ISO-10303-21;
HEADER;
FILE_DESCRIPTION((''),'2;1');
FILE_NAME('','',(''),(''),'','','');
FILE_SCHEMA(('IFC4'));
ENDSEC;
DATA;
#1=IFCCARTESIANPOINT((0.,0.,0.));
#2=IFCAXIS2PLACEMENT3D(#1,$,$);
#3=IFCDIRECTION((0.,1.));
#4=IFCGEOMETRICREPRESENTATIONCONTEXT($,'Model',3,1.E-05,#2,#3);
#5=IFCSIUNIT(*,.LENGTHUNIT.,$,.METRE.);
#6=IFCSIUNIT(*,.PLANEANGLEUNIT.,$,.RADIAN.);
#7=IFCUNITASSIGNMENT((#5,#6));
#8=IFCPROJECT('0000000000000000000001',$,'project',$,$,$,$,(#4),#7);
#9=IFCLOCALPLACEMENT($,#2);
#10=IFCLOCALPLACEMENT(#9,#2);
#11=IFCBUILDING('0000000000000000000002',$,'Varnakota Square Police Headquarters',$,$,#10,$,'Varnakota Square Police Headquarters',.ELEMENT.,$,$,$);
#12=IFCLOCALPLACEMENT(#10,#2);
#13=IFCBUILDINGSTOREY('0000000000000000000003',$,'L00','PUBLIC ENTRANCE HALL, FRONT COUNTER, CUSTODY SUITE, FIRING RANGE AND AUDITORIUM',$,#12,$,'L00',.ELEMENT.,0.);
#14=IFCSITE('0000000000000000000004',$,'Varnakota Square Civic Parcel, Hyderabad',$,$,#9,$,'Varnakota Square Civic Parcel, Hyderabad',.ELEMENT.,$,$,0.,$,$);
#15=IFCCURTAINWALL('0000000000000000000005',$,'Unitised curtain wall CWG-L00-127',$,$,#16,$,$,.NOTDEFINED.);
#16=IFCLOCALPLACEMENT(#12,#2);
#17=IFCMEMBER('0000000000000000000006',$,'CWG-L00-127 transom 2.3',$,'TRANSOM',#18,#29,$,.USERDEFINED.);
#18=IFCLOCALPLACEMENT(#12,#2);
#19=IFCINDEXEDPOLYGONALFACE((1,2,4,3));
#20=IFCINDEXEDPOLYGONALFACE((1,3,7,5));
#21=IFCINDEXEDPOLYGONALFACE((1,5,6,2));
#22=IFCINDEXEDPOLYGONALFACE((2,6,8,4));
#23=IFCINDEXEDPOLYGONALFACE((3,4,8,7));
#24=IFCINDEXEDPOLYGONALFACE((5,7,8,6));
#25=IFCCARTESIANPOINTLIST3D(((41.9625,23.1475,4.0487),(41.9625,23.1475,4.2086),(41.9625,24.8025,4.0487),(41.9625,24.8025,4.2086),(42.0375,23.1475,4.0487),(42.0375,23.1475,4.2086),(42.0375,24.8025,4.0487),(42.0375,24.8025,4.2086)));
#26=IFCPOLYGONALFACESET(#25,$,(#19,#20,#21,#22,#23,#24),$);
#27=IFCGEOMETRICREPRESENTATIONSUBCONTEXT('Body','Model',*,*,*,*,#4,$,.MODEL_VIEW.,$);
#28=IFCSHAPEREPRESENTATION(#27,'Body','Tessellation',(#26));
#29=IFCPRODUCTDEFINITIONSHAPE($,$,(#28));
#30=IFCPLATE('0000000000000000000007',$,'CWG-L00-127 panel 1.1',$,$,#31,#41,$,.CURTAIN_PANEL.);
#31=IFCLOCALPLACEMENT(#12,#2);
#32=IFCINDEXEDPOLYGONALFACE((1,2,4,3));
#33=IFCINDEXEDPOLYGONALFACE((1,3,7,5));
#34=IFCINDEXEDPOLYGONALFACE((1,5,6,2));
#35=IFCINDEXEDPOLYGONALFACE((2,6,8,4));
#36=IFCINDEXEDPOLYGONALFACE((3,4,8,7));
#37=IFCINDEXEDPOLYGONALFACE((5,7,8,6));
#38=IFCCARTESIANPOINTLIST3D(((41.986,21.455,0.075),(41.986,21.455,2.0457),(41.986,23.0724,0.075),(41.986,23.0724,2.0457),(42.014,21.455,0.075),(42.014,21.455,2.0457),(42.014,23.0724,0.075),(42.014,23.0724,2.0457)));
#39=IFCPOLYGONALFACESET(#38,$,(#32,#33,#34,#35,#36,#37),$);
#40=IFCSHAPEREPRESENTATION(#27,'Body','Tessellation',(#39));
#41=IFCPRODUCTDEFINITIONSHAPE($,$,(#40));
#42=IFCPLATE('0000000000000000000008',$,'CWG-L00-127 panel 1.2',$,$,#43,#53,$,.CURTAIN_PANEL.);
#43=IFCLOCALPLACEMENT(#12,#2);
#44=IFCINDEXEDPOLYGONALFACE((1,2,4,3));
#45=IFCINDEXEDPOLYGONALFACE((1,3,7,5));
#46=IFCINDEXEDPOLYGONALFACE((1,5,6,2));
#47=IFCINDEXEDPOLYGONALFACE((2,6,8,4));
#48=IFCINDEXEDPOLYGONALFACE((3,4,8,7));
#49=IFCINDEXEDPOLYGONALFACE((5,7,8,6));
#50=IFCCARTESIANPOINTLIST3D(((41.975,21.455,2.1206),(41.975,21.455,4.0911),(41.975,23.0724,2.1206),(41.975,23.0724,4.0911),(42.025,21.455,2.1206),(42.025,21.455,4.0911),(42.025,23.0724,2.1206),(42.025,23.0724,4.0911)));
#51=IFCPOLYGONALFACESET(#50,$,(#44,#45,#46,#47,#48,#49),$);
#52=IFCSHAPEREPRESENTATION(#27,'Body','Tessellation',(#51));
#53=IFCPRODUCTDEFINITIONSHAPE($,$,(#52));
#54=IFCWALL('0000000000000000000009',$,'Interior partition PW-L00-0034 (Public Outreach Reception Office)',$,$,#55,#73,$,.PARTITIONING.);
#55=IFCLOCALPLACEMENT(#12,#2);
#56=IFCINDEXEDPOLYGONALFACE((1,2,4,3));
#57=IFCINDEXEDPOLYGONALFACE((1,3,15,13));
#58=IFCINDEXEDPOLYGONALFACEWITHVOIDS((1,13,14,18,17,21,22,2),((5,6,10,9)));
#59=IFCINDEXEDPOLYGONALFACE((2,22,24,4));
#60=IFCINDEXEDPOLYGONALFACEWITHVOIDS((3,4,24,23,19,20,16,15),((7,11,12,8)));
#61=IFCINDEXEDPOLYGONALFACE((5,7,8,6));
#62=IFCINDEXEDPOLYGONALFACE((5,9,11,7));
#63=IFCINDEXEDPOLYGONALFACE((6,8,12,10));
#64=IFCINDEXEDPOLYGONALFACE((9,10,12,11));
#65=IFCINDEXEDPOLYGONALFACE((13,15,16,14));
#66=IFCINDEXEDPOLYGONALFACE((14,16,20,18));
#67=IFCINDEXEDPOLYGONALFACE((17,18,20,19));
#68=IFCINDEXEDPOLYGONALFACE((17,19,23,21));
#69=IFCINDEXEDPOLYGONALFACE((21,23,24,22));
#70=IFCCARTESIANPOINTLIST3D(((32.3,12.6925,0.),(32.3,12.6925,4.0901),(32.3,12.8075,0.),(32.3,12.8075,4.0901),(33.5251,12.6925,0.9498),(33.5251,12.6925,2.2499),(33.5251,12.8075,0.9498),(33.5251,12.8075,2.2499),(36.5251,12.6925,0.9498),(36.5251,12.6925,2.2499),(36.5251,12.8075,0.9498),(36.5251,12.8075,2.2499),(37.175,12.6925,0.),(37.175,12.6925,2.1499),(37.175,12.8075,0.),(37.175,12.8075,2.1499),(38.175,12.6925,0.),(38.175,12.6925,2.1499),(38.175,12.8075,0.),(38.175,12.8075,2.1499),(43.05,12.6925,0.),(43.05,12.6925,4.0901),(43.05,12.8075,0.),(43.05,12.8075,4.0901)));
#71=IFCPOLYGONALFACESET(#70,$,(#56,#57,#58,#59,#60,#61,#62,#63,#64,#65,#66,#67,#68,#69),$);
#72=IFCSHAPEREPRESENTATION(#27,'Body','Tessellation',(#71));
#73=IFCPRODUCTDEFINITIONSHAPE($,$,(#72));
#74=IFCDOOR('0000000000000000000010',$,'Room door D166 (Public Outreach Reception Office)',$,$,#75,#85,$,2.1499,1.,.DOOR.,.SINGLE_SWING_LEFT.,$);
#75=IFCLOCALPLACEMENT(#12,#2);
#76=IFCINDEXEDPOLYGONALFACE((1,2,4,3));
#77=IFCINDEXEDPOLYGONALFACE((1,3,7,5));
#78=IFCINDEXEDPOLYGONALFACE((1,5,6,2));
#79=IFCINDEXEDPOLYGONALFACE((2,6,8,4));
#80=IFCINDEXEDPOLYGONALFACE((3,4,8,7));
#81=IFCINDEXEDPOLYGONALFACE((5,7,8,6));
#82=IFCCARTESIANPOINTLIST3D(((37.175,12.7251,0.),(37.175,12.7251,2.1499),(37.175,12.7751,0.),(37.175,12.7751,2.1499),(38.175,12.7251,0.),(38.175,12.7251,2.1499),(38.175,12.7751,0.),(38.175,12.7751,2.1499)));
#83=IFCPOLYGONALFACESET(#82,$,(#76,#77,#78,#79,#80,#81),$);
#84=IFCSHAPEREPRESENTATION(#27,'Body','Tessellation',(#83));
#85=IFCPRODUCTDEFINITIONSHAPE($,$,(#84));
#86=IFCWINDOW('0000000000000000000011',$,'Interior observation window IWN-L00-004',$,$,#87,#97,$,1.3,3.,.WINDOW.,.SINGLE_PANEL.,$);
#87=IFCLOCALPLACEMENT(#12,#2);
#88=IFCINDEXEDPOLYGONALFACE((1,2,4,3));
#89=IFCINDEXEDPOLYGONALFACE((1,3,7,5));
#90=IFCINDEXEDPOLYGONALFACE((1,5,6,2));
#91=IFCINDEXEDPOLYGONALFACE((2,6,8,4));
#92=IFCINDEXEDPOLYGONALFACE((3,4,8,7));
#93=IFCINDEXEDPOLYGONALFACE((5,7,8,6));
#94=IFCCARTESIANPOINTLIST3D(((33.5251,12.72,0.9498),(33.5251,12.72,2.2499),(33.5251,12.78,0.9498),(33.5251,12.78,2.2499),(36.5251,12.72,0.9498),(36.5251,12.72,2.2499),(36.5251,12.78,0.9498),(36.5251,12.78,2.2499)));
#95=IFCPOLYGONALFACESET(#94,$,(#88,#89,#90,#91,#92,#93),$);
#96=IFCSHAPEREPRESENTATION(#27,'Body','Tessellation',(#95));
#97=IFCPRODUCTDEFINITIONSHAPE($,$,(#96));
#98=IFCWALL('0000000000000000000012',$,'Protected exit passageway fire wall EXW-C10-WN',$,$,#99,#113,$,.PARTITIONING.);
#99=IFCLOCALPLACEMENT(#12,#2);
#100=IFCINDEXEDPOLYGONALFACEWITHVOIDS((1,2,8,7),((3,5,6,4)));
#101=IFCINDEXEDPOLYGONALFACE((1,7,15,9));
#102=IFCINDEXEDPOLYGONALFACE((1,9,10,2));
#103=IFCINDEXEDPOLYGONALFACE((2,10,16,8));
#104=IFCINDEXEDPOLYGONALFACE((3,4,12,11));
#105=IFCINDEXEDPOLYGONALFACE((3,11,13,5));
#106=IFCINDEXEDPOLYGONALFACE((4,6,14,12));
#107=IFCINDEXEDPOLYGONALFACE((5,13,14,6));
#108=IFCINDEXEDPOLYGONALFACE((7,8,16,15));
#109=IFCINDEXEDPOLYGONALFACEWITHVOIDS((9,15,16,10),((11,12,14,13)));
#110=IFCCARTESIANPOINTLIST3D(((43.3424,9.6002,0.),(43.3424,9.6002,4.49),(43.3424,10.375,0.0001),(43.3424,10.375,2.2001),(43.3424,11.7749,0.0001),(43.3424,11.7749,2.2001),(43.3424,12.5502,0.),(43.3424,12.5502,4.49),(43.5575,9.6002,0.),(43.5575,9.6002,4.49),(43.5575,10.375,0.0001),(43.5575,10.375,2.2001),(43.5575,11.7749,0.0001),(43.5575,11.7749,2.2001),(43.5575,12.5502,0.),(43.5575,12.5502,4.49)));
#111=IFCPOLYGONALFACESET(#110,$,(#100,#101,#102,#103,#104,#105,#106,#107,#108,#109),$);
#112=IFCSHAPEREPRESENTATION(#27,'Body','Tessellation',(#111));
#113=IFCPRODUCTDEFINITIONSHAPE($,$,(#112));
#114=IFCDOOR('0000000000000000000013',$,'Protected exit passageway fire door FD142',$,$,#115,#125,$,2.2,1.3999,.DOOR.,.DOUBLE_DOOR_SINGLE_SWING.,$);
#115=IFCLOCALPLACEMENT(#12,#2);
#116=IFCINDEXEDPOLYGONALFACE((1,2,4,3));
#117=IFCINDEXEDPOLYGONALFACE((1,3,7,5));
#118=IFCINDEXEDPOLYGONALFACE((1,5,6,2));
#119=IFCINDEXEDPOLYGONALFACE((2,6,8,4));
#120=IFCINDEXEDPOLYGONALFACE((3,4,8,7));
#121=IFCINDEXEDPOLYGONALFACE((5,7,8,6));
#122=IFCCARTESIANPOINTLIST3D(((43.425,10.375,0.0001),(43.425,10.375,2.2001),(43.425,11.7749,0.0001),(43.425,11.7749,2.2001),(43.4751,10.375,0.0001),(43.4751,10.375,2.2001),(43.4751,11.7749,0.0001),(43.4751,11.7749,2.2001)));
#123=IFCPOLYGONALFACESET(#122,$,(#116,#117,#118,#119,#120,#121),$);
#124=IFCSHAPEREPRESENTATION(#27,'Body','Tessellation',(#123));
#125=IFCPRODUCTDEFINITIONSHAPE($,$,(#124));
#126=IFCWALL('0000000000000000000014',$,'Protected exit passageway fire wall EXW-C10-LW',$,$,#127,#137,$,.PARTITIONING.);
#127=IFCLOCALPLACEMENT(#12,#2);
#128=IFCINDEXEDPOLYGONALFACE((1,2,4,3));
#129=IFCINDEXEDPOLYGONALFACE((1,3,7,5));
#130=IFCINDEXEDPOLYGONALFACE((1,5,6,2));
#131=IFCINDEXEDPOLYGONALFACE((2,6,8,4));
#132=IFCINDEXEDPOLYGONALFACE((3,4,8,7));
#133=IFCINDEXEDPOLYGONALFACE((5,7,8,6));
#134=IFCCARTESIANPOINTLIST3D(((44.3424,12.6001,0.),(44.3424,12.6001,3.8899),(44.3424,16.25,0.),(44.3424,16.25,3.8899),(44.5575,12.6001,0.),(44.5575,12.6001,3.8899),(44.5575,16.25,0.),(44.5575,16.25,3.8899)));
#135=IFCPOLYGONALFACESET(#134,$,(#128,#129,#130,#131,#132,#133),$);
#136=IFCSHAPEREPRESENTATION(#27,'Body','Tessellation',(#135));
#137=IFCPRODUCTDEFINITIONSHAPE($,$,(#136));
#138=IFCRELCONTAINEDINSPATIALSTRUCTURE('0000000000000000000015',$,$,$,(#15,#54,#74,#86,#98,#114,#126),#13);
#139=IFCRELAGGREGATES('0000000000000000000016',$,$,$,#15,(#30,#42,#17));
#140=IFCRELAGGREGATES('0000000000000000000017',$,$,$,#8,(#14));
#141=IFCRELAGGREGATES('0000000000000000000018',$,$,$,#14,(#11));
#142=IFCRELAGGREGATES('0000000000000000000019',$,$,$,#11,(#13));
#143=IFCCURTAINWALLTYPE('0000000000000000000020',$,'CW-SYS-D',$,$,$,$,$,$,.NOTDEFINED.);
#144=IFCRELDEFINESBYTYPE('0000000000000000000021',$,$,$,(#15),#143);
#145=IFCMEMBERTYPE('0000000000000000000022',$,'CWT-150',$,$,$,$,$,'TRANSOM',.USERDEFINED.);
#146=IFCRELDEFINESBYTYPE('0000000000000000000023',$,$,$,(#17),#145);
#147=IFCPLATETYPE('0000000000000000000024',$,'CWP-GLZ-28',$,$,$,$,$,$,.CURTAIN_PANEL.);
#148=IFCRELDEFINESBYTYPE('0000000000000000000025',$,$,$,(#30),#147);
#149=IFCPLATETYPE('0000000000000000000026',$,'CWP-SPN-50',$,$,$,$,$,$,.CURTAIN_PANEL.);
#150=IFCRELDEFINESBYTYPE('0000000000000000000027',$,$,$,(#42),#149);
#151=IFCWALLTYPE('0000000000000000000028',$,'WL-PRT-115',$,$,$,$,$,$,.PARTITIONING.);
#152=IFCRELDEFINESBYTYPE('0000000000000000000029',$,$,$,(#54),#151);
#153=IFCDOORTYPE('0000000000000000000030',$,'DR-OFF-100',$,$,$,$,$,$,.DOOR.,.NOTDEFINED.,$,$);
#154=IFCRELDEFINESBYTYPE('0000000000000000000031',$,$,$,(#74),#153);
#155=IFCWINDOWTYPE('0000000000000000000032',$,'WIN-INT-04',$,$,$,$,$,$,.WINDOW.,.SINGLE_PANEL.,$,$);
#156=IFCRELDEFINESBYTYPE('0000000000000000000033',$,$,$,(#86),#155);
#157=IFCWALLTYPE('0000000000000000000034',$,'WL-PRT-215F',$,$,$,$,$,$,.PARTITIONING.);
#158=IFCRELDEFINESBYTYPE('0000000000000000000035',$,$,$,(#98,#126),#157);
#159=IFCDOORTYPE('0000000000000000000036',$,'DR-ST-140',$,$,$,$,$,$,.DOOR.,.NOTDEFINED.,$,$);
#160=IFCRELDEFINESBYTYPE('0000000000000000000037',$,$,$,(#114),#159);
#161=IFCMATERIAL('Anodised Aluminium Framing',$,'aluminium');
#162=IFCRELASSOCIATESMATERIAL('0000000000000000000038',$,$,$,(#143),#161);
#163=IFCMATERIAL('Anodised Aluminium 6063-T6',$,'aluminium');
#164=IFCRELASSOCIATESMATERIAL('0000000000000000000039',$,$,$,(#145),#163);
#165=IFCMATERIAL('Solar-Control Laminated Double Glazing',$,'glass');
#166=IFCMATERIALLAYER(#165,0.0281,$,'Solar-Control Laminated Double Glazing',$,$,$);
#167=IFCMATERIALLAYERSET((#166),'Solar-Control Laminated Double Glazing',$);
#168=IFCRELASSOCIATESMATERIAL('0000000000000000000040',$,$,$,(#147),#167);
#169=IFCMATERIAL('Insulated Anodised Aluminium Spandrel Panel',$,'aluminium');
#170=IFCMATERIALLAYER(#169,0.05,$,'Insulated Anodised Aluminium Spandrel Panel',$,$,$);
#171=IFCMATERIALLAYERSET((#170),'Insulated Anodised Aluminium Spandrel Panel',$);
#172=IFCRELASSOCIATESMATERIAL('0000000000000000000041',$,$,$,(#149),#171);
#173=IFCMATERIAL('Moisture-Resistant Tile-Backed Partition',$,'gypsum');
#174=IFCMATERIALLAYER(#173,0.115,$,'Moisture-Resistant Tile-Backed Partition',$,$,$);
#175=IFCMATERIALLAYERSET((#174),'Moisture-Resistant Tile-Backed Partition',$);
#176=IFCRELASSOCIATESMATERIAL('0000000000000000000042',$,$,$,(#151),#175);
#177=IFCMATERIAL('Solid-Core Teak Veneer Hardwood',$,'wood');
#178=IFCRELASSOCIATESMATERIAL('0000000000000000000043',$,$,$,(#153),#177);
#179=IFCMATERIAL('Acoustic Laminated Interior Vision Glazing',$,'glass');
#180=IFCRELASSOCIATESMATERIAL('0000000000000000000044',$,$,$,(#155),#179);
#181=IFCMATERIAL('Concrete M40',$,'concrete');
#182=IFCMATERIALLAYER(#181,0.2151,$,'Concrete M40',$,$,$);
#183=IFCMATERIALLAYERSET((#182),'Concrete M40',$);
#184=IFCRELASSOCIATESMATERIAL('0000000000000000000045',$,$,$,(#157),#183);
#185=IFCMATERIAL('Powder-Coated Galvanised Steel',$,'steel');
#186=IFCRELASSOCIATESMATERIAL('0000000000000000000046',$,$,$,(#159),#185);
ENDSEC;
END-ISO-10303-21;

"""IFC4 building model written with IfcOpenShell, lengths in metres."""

from ifc_helpers import new_model, si_unit, direction, frame, frame_2d, origin, origin_2d, place, context, subcontext, project, spatial, rectangle, extrude, material, layer, layer_set, material_profile, profile_set, type_object, element, fill, aggregate, save


model = new_model("IFC4")

# Units and contexts
model_context = context("Model", 3, precision=1e-05, world=origin(), true_north=direction((0.0, 1.0)))
body_context = subcontext(model_context, "Body", "Model", "MODEL_VIEW")
ifc_project = project(units=[si_unit("LENGTHUNIT", "METRE"), si_unit("PLANEANGLEUNIT", "RADIAN")], contexts=[model_context])

# Site, building, storey
site_placement = place(None, origin())
site = spatial("IfcSite", under=ifc_project, at=site_placement, Name="Varnakota Square Civic Parcel, Hyderabad", LongName="Varnakota Square Civic Parcel, Hyderabad", CompositionType="ELEMENT", RefElevation=0.0)
building_placement = place(site_placement, origin())
building = spatial("IfcBuilding", under=site, at=building_placement, Name="Varnakota Square Police Headquarters", LongName="Varnakota Square Police Headquarters", CompositionType="ELEMENT")
storey_placement = place(building_placement, origin())
storey = spatial("IfcBuildingStorey", under=building, at=storey_placement, Name="L00", Description="PUBLIC ENTRANCE HALL, FRONT COUNTER, CUSTODY SUITE, FIRING RANGE AND AUDITORIUM", LongName="L00", CompositionType="ELEMENT", Elevation=0.0)

# Shared definitions
ifc_material_1 = material(Name="Concrete M40", Category="concrete")

# Curtain wall, member, plates
ifc_material_2 = material(Name="Anodised Aluminium Framing", Category="aluminium")
curtain_wall_type = type_object("IfcCurtainWallType", Name="CW-SYS-D", PredefinedType="NOTDEFINED", material=ifc_material_2)
curtain_wall_placement = place(storey_placement, origin())
curtain_wall = element("IfcCurtainWall", 1, at=curtain_wall_placement, inside=storey, type_object=curtain_wall_type, Name="Unitised curtain wall CWG-L00-127", PredefinedType="NOTDEFINED")
ifc_material_3 = material(Name="Anodised Aluminium 6063-T6", Category="aluminium")
ifc_material_profile_1 = material_profile(ifc_material_3, rectangle(XDim=0.075, YDim=0.1599, at=origin_2d()), Name="ALU TRANSOM 75x160")
ifc_profile_set_1 = profile_set([ifc_material_profile_1], Name="Anodised Aluminium 6063-T6")
member_type_1 = type_object("IfcMemberType", Name="CWT-150", ElementType="TRANSOM", PredefinedType="USERDEFINED", material=ifc_profile_set_1)
member_1_placement = place(storey_placement, frame((42.0, 23.1475, 4.1287), z_axis=(0.0, 1.0, 0.0), x_axis=(-1.0, 0.0, 0.0)))
member_1 = element("IfcMember", 2, at=member_1_placement, type_object=member_type_1, Name="CWG-L00-127 transom 2.3", ObjectType="TRANSOM", PredefinedType="USERDEFINED", context=body_context, shape_type="SweptSolid", body=[
    extrude(rectangle(XDim=0.075, YDim=0.1599, at=origin_2d()), origin(), (0.0, 0.0, 1.0), 1.655),
])
ifc_material_4 = material(Name="Solar-Control Laminated Double Glazing", Category="glass")
ifc_layer_1 = layer(ifc_material_4, 0.0281, Name="Solar-Control Laminated Double Glazing")
ifc_layer_set_1 = layer_set([ifc_layer_1], Name="Solar-Control Laminated Double Glazing")
plate_type_1 = type_object("IfcPlateType", Name="CWP-GLZ-28", PredefinedType="CURTAIN_PANEL", material=ifc_layer_set_1)
plate_1_placement = place(storey_placement, frame((42.0, 22.2637, 0.075), z_axis=(0.0, 0.0, 1.0), x_axis=(0.0, 1.0, 0.0)))
plate_1 = element("IfcPlate", 3, at=plate_1_placement, type_object=plate_type_1, Name="CWG-L00-127 panel 1.1", PredefinedType="CURTAIN_PANEL", context=body_context, shape_type="SweptSolid", body=[
    extrude(rectangle(XDim=1.6174, YDim=0.0281, at=origin_2d()), origin(), (0.0, 0.0, 1.0), 1.9707),
])
ifc_material_5 = material(Name="Insulated Anodised Aluminium Spandrel Panel", Category="aluminium")
ifc_layer_2 = layer(ifc_material_5, 0.05, Name="Insulated Anodised Aluminium Spandrel Panel")
ifc_layer_set_2 = layer_set([ifc_layer_2], Name="Insulated Anodised Aluminium Spandrel Panel")
plate_type_2 = type_object("IfcPlateType", Name="CWP-SPN-50", PredefinedType="CURTAIN_PANEL", material=ifc_layer_set_2)
plate_2_placement = place(storey_placement, frame((42.0, 22.2637, 2.1206), z_axis=(0.0, 0.0, 1.0), x_axis=(0.0, 1.0, 0.0)))
plate_2 = element("IfcPlate", 4, at=plate_2_placement, type_object=plate_type_2, Name="CWG-L00-127 panel 1.2", PredefinedType="CURTAIN_PANEL", context=body_context, shape_type="SweptSolid", body=[
    extrude(rectangle(XDim=1.6174, YDim=0.05, at=origin_2d()), origin(), (0.0, 0.0, 1.0), 1.9705),
])
aggregate(curtain_wall, [plate_1, plate_2, member_1])

# Wall, openings, door, window
ifc_material_6 = material(Name="Moisture-Resistant Tile-Backed Partition", Category="gypsum")
ifc_layer_3 = layer(ifc_material_6, 0.115, Name="Moisture-Resistant Tile-Backed Partition")
ifc_layer_set_3 = layer_set([ifc_layer_3], Name="Moisture-Resistant Tile-Backed Partition")
wall_type_1 = type_object("IfcWallType", Name="WL-PRT-115", PredefinedType="PARTITIONING", material=ifc_layer_set_3)
wall_1_placement = place(storey_placement, frame((43.05, 12.75, 0.0), z_axis=(0.0, 0.0, 1.0), x_axis=(-1.0, 0.0, 0.0)))
wall_1 = element("IfcWall", 5, at=wall_1_placement, inside=storey, type_object=wall_type_1, Name="Interior partition PW-L00-0034 (Public Outreach Reception Office)", PredefinedType="PARTITIONING", context=body_context, shape_type="SweptSolid", body=[
    extrude(rectangle(XDim=10.75, YDim=0.115, at=frame_2d((5.375, 0.0))), origin(), (0.0, 0.0, 1.0), 4.0901),
])
opening_1_placement = place(wall_1_placement, frame((4.875, 0.0, 0.0)))
opening_1 = element("IfcOpeningElement", 6, at=opening_1_placement, cuts=wall_1, PredefinedType="OPENING", context=body_context, shape_type="SweptSolid", body=[
    extrude(rectangle(XDim=1.0, YDim=2.1499, at=frame_2d((0.5, 1.075))), frame((0.0, 0.0674, 0.0), z_axis=(0.0, -1.0, 0.0), x_axis=(1.0, 0.0, 0.0)), (0.0, 0.0, 1.0), 0.135),
])
opening_2_placement = place(wall_1_placement, frame((6.5249, 0.0, 0.95)))
opening_2 = element("IfcOpeningElement", 7, at=opening_2_placement, cuts=wall_1, PredefinedType="OPENING", context=body_context, shape_type="SweptSolid", body=[
    extrude(rectangle(XDim=3.0, YDim=1.3, at=frame_2d((1.5, 0.6499))), frame((0.0, 0.0674, 0.0), z_axis=(0.0, -1.0, 0.0), x_axis=(1.0, 0.0, 0.0)), (0.0, 0.0, 1.0), 0.135),
])
ifc_material_7 = material(Name="Solid-Core Teak Veneer Hardwood", Category="wood")
door_type_1 = type_object("IfcDoorType", Name="DR-OFF-100", OperationType="NOTDEFINED", PredefinedType="DOOR", material=ifc_material_7)
door_1_placement = place(opening_1_placement, origin())
door_1 = element("IfcDoor", 8, at=door_1_placement, inside=storey, type_object=door_type_1, Name="Room door D166 (Public Outreach Reception Office)", OperationType="SINGLE_SWING_LEFT", OverallHeight=2.1499, OverallWidth=1.0, PredefinedType="DOOR", context=body_context, shape_type="SweptSolid", body=[
    extrude(rectangle(XDim=1.0, YDim=2.1499, at=frame_2d((0.5, 1.075))), frame((0.0, 0.0249, 0.0), z_axis=(0.0, -1.0, 0.0), x_axis=(1.0, 0.0, 0.0)), (0.0, 0.0, 1.0), 0.05),
])
fill(opening_1, door_1)
ifc_material_8 = material(Name="Acoustic Laminated Interior Vision Glazing", Category="glass")
window_type = type_object("IfcWindowType", Name="WIN-INT-04", PartitioningType="SINGLE_PANEL", PredefinedType="WINDOW", material=ifc_material_8)
window_placement = place(opening_2_placement, origin())
window = element("IfcWindow", 9, at=window_placement, inside=storey, type_object=window_type, Name="Interior observation window IWN-L00-004", OverallHeight=1.3, OverallWidth=3.0, PartitioningType="SINGLE_PANEL", PredefinedType="WINDOW", context=body_context, shape_type="SweptSolid", body=[
    extrude(rectangle(XDim=3.0, YDim=1.3, at=frame_2d((1.5, 0.6499))), frame((0.0, 0.03, 0.0), z_axis=(0.0, -1.0, 0.0), x_axis=(1.0, 0.0, 0.0)), (0.0, 0.0, 1.0), 0.0601),
])
fill(opening_2, window)

# Wall, opening, door
ifc_layer_4 = layer(ifc_material_1, 0.2151, Name="Concrete M40")
ifc_layer_set_4 = layer_set([ifc_layer_4], Name="Concrete M40")
wall_type_2 = type_object("IfcWallType", Name="WL-PRT-215F", PredefinedType="PARTITIONING", material=ifc_layer_set_4)
wall_2_placement = place(storey_placement, frame((43.45, 9.6001, 0.0), z_axis=(0.0, 0.0, 1.0), x_axis=(0.0, 1.0, 0.0)))
wall_2 = element("IfcWall", 10, at=wall_2_placement, inside=storey, type_object=wall_type_2, Name="Protected exit passageway fire wall EXW-C10-WN", PredefinedType="PARTITIONING", context=body_context, shape_type="SweptSolid", body=[
    extrude(rectangle(XDim=2.95, YDim=0.2151, at=frame_2d((1.4751, 0.0))), origin(), (0.0, 0.0, 1.0), 4.49),
])
opening_3_placement = place(wall_2_placement, frame((0.7749, 0.0, 0.0)))
opening_3 = element("IfcOpeningElement", 11, at=opening_3_placement, cuts=wall_2, PredefinedType="OPENING", context=body_context, shape_type="SweptSolid", body=[
    extrude(rectangle(XDim=1.3999, YDim=2.2, at=frame_2d((0.7, 1.1001))), frame((0.0, 0.1174, 0.0), z_axis=(0.0, -1.0, 0.0), x_axis=(1.0, 0.0, 0.0)), (0.0, 0.0, 1.0), 0.2351),
])
ifc_material_9 = material(Name="Powder-Coated Galvanised Steel", Category="steel")
door_type_2 = type_object("IfcDoorType", Name="DR-ST-140", OperationType="NOTDEFINED", PredefinedType="DOOR", material=ifc_material_9)
door_2_placement = place(opening_3_placement, origin())
door_2 = element("IfcDoor", 12, at=door_2_placement, inside=storey, type_object=door_type_2, Name="Protected exit passageway fire door FD142", OperationType="DOUBLE_DOOR_SINGLE_SWING", OverallHeight=2.2, OverallWidth=1.3999, PredefinedType="DOOR", context=body_context, shape_type="SweptSolid", body=[
    extrude(rectangle(XDim=1.3999, YDim=2.2, at=frame_2d((0.7, 1.1001))), frame((0.0, 0.0249, 0.0), z_axis=(0.0, -1.0, 0.0), x_axis=(1.0, 0.0, 0.0)), (0.0, 0.0, 1.0), 0.05),
])
fill(opening_3, door_2)

# Wall
wall_3_placement = place(storey_placement, frame((44.45, 12.6001, 0.0), z_axis=(0.0, 0.0, 1.0), x_axis=(0.0, 1.0, 0.0)))
element("IfcWall", 13, at=wall_3_placement, inside=storey, type_object=wall_type_2, Name="Protected exit passageway fire wall EXW-C10-LW", PredefinedType="PARTITIONING", context=body_context, shape_type="SweptSolid", body=[
    extrude(rectangle(XDim=3.6499, YDim=0.2151, at=frame_2d((1.825, 0.0))), origin(), (0.0, 0.0, 1.0), 3.8899),
])

save(model, "model.ifc")
